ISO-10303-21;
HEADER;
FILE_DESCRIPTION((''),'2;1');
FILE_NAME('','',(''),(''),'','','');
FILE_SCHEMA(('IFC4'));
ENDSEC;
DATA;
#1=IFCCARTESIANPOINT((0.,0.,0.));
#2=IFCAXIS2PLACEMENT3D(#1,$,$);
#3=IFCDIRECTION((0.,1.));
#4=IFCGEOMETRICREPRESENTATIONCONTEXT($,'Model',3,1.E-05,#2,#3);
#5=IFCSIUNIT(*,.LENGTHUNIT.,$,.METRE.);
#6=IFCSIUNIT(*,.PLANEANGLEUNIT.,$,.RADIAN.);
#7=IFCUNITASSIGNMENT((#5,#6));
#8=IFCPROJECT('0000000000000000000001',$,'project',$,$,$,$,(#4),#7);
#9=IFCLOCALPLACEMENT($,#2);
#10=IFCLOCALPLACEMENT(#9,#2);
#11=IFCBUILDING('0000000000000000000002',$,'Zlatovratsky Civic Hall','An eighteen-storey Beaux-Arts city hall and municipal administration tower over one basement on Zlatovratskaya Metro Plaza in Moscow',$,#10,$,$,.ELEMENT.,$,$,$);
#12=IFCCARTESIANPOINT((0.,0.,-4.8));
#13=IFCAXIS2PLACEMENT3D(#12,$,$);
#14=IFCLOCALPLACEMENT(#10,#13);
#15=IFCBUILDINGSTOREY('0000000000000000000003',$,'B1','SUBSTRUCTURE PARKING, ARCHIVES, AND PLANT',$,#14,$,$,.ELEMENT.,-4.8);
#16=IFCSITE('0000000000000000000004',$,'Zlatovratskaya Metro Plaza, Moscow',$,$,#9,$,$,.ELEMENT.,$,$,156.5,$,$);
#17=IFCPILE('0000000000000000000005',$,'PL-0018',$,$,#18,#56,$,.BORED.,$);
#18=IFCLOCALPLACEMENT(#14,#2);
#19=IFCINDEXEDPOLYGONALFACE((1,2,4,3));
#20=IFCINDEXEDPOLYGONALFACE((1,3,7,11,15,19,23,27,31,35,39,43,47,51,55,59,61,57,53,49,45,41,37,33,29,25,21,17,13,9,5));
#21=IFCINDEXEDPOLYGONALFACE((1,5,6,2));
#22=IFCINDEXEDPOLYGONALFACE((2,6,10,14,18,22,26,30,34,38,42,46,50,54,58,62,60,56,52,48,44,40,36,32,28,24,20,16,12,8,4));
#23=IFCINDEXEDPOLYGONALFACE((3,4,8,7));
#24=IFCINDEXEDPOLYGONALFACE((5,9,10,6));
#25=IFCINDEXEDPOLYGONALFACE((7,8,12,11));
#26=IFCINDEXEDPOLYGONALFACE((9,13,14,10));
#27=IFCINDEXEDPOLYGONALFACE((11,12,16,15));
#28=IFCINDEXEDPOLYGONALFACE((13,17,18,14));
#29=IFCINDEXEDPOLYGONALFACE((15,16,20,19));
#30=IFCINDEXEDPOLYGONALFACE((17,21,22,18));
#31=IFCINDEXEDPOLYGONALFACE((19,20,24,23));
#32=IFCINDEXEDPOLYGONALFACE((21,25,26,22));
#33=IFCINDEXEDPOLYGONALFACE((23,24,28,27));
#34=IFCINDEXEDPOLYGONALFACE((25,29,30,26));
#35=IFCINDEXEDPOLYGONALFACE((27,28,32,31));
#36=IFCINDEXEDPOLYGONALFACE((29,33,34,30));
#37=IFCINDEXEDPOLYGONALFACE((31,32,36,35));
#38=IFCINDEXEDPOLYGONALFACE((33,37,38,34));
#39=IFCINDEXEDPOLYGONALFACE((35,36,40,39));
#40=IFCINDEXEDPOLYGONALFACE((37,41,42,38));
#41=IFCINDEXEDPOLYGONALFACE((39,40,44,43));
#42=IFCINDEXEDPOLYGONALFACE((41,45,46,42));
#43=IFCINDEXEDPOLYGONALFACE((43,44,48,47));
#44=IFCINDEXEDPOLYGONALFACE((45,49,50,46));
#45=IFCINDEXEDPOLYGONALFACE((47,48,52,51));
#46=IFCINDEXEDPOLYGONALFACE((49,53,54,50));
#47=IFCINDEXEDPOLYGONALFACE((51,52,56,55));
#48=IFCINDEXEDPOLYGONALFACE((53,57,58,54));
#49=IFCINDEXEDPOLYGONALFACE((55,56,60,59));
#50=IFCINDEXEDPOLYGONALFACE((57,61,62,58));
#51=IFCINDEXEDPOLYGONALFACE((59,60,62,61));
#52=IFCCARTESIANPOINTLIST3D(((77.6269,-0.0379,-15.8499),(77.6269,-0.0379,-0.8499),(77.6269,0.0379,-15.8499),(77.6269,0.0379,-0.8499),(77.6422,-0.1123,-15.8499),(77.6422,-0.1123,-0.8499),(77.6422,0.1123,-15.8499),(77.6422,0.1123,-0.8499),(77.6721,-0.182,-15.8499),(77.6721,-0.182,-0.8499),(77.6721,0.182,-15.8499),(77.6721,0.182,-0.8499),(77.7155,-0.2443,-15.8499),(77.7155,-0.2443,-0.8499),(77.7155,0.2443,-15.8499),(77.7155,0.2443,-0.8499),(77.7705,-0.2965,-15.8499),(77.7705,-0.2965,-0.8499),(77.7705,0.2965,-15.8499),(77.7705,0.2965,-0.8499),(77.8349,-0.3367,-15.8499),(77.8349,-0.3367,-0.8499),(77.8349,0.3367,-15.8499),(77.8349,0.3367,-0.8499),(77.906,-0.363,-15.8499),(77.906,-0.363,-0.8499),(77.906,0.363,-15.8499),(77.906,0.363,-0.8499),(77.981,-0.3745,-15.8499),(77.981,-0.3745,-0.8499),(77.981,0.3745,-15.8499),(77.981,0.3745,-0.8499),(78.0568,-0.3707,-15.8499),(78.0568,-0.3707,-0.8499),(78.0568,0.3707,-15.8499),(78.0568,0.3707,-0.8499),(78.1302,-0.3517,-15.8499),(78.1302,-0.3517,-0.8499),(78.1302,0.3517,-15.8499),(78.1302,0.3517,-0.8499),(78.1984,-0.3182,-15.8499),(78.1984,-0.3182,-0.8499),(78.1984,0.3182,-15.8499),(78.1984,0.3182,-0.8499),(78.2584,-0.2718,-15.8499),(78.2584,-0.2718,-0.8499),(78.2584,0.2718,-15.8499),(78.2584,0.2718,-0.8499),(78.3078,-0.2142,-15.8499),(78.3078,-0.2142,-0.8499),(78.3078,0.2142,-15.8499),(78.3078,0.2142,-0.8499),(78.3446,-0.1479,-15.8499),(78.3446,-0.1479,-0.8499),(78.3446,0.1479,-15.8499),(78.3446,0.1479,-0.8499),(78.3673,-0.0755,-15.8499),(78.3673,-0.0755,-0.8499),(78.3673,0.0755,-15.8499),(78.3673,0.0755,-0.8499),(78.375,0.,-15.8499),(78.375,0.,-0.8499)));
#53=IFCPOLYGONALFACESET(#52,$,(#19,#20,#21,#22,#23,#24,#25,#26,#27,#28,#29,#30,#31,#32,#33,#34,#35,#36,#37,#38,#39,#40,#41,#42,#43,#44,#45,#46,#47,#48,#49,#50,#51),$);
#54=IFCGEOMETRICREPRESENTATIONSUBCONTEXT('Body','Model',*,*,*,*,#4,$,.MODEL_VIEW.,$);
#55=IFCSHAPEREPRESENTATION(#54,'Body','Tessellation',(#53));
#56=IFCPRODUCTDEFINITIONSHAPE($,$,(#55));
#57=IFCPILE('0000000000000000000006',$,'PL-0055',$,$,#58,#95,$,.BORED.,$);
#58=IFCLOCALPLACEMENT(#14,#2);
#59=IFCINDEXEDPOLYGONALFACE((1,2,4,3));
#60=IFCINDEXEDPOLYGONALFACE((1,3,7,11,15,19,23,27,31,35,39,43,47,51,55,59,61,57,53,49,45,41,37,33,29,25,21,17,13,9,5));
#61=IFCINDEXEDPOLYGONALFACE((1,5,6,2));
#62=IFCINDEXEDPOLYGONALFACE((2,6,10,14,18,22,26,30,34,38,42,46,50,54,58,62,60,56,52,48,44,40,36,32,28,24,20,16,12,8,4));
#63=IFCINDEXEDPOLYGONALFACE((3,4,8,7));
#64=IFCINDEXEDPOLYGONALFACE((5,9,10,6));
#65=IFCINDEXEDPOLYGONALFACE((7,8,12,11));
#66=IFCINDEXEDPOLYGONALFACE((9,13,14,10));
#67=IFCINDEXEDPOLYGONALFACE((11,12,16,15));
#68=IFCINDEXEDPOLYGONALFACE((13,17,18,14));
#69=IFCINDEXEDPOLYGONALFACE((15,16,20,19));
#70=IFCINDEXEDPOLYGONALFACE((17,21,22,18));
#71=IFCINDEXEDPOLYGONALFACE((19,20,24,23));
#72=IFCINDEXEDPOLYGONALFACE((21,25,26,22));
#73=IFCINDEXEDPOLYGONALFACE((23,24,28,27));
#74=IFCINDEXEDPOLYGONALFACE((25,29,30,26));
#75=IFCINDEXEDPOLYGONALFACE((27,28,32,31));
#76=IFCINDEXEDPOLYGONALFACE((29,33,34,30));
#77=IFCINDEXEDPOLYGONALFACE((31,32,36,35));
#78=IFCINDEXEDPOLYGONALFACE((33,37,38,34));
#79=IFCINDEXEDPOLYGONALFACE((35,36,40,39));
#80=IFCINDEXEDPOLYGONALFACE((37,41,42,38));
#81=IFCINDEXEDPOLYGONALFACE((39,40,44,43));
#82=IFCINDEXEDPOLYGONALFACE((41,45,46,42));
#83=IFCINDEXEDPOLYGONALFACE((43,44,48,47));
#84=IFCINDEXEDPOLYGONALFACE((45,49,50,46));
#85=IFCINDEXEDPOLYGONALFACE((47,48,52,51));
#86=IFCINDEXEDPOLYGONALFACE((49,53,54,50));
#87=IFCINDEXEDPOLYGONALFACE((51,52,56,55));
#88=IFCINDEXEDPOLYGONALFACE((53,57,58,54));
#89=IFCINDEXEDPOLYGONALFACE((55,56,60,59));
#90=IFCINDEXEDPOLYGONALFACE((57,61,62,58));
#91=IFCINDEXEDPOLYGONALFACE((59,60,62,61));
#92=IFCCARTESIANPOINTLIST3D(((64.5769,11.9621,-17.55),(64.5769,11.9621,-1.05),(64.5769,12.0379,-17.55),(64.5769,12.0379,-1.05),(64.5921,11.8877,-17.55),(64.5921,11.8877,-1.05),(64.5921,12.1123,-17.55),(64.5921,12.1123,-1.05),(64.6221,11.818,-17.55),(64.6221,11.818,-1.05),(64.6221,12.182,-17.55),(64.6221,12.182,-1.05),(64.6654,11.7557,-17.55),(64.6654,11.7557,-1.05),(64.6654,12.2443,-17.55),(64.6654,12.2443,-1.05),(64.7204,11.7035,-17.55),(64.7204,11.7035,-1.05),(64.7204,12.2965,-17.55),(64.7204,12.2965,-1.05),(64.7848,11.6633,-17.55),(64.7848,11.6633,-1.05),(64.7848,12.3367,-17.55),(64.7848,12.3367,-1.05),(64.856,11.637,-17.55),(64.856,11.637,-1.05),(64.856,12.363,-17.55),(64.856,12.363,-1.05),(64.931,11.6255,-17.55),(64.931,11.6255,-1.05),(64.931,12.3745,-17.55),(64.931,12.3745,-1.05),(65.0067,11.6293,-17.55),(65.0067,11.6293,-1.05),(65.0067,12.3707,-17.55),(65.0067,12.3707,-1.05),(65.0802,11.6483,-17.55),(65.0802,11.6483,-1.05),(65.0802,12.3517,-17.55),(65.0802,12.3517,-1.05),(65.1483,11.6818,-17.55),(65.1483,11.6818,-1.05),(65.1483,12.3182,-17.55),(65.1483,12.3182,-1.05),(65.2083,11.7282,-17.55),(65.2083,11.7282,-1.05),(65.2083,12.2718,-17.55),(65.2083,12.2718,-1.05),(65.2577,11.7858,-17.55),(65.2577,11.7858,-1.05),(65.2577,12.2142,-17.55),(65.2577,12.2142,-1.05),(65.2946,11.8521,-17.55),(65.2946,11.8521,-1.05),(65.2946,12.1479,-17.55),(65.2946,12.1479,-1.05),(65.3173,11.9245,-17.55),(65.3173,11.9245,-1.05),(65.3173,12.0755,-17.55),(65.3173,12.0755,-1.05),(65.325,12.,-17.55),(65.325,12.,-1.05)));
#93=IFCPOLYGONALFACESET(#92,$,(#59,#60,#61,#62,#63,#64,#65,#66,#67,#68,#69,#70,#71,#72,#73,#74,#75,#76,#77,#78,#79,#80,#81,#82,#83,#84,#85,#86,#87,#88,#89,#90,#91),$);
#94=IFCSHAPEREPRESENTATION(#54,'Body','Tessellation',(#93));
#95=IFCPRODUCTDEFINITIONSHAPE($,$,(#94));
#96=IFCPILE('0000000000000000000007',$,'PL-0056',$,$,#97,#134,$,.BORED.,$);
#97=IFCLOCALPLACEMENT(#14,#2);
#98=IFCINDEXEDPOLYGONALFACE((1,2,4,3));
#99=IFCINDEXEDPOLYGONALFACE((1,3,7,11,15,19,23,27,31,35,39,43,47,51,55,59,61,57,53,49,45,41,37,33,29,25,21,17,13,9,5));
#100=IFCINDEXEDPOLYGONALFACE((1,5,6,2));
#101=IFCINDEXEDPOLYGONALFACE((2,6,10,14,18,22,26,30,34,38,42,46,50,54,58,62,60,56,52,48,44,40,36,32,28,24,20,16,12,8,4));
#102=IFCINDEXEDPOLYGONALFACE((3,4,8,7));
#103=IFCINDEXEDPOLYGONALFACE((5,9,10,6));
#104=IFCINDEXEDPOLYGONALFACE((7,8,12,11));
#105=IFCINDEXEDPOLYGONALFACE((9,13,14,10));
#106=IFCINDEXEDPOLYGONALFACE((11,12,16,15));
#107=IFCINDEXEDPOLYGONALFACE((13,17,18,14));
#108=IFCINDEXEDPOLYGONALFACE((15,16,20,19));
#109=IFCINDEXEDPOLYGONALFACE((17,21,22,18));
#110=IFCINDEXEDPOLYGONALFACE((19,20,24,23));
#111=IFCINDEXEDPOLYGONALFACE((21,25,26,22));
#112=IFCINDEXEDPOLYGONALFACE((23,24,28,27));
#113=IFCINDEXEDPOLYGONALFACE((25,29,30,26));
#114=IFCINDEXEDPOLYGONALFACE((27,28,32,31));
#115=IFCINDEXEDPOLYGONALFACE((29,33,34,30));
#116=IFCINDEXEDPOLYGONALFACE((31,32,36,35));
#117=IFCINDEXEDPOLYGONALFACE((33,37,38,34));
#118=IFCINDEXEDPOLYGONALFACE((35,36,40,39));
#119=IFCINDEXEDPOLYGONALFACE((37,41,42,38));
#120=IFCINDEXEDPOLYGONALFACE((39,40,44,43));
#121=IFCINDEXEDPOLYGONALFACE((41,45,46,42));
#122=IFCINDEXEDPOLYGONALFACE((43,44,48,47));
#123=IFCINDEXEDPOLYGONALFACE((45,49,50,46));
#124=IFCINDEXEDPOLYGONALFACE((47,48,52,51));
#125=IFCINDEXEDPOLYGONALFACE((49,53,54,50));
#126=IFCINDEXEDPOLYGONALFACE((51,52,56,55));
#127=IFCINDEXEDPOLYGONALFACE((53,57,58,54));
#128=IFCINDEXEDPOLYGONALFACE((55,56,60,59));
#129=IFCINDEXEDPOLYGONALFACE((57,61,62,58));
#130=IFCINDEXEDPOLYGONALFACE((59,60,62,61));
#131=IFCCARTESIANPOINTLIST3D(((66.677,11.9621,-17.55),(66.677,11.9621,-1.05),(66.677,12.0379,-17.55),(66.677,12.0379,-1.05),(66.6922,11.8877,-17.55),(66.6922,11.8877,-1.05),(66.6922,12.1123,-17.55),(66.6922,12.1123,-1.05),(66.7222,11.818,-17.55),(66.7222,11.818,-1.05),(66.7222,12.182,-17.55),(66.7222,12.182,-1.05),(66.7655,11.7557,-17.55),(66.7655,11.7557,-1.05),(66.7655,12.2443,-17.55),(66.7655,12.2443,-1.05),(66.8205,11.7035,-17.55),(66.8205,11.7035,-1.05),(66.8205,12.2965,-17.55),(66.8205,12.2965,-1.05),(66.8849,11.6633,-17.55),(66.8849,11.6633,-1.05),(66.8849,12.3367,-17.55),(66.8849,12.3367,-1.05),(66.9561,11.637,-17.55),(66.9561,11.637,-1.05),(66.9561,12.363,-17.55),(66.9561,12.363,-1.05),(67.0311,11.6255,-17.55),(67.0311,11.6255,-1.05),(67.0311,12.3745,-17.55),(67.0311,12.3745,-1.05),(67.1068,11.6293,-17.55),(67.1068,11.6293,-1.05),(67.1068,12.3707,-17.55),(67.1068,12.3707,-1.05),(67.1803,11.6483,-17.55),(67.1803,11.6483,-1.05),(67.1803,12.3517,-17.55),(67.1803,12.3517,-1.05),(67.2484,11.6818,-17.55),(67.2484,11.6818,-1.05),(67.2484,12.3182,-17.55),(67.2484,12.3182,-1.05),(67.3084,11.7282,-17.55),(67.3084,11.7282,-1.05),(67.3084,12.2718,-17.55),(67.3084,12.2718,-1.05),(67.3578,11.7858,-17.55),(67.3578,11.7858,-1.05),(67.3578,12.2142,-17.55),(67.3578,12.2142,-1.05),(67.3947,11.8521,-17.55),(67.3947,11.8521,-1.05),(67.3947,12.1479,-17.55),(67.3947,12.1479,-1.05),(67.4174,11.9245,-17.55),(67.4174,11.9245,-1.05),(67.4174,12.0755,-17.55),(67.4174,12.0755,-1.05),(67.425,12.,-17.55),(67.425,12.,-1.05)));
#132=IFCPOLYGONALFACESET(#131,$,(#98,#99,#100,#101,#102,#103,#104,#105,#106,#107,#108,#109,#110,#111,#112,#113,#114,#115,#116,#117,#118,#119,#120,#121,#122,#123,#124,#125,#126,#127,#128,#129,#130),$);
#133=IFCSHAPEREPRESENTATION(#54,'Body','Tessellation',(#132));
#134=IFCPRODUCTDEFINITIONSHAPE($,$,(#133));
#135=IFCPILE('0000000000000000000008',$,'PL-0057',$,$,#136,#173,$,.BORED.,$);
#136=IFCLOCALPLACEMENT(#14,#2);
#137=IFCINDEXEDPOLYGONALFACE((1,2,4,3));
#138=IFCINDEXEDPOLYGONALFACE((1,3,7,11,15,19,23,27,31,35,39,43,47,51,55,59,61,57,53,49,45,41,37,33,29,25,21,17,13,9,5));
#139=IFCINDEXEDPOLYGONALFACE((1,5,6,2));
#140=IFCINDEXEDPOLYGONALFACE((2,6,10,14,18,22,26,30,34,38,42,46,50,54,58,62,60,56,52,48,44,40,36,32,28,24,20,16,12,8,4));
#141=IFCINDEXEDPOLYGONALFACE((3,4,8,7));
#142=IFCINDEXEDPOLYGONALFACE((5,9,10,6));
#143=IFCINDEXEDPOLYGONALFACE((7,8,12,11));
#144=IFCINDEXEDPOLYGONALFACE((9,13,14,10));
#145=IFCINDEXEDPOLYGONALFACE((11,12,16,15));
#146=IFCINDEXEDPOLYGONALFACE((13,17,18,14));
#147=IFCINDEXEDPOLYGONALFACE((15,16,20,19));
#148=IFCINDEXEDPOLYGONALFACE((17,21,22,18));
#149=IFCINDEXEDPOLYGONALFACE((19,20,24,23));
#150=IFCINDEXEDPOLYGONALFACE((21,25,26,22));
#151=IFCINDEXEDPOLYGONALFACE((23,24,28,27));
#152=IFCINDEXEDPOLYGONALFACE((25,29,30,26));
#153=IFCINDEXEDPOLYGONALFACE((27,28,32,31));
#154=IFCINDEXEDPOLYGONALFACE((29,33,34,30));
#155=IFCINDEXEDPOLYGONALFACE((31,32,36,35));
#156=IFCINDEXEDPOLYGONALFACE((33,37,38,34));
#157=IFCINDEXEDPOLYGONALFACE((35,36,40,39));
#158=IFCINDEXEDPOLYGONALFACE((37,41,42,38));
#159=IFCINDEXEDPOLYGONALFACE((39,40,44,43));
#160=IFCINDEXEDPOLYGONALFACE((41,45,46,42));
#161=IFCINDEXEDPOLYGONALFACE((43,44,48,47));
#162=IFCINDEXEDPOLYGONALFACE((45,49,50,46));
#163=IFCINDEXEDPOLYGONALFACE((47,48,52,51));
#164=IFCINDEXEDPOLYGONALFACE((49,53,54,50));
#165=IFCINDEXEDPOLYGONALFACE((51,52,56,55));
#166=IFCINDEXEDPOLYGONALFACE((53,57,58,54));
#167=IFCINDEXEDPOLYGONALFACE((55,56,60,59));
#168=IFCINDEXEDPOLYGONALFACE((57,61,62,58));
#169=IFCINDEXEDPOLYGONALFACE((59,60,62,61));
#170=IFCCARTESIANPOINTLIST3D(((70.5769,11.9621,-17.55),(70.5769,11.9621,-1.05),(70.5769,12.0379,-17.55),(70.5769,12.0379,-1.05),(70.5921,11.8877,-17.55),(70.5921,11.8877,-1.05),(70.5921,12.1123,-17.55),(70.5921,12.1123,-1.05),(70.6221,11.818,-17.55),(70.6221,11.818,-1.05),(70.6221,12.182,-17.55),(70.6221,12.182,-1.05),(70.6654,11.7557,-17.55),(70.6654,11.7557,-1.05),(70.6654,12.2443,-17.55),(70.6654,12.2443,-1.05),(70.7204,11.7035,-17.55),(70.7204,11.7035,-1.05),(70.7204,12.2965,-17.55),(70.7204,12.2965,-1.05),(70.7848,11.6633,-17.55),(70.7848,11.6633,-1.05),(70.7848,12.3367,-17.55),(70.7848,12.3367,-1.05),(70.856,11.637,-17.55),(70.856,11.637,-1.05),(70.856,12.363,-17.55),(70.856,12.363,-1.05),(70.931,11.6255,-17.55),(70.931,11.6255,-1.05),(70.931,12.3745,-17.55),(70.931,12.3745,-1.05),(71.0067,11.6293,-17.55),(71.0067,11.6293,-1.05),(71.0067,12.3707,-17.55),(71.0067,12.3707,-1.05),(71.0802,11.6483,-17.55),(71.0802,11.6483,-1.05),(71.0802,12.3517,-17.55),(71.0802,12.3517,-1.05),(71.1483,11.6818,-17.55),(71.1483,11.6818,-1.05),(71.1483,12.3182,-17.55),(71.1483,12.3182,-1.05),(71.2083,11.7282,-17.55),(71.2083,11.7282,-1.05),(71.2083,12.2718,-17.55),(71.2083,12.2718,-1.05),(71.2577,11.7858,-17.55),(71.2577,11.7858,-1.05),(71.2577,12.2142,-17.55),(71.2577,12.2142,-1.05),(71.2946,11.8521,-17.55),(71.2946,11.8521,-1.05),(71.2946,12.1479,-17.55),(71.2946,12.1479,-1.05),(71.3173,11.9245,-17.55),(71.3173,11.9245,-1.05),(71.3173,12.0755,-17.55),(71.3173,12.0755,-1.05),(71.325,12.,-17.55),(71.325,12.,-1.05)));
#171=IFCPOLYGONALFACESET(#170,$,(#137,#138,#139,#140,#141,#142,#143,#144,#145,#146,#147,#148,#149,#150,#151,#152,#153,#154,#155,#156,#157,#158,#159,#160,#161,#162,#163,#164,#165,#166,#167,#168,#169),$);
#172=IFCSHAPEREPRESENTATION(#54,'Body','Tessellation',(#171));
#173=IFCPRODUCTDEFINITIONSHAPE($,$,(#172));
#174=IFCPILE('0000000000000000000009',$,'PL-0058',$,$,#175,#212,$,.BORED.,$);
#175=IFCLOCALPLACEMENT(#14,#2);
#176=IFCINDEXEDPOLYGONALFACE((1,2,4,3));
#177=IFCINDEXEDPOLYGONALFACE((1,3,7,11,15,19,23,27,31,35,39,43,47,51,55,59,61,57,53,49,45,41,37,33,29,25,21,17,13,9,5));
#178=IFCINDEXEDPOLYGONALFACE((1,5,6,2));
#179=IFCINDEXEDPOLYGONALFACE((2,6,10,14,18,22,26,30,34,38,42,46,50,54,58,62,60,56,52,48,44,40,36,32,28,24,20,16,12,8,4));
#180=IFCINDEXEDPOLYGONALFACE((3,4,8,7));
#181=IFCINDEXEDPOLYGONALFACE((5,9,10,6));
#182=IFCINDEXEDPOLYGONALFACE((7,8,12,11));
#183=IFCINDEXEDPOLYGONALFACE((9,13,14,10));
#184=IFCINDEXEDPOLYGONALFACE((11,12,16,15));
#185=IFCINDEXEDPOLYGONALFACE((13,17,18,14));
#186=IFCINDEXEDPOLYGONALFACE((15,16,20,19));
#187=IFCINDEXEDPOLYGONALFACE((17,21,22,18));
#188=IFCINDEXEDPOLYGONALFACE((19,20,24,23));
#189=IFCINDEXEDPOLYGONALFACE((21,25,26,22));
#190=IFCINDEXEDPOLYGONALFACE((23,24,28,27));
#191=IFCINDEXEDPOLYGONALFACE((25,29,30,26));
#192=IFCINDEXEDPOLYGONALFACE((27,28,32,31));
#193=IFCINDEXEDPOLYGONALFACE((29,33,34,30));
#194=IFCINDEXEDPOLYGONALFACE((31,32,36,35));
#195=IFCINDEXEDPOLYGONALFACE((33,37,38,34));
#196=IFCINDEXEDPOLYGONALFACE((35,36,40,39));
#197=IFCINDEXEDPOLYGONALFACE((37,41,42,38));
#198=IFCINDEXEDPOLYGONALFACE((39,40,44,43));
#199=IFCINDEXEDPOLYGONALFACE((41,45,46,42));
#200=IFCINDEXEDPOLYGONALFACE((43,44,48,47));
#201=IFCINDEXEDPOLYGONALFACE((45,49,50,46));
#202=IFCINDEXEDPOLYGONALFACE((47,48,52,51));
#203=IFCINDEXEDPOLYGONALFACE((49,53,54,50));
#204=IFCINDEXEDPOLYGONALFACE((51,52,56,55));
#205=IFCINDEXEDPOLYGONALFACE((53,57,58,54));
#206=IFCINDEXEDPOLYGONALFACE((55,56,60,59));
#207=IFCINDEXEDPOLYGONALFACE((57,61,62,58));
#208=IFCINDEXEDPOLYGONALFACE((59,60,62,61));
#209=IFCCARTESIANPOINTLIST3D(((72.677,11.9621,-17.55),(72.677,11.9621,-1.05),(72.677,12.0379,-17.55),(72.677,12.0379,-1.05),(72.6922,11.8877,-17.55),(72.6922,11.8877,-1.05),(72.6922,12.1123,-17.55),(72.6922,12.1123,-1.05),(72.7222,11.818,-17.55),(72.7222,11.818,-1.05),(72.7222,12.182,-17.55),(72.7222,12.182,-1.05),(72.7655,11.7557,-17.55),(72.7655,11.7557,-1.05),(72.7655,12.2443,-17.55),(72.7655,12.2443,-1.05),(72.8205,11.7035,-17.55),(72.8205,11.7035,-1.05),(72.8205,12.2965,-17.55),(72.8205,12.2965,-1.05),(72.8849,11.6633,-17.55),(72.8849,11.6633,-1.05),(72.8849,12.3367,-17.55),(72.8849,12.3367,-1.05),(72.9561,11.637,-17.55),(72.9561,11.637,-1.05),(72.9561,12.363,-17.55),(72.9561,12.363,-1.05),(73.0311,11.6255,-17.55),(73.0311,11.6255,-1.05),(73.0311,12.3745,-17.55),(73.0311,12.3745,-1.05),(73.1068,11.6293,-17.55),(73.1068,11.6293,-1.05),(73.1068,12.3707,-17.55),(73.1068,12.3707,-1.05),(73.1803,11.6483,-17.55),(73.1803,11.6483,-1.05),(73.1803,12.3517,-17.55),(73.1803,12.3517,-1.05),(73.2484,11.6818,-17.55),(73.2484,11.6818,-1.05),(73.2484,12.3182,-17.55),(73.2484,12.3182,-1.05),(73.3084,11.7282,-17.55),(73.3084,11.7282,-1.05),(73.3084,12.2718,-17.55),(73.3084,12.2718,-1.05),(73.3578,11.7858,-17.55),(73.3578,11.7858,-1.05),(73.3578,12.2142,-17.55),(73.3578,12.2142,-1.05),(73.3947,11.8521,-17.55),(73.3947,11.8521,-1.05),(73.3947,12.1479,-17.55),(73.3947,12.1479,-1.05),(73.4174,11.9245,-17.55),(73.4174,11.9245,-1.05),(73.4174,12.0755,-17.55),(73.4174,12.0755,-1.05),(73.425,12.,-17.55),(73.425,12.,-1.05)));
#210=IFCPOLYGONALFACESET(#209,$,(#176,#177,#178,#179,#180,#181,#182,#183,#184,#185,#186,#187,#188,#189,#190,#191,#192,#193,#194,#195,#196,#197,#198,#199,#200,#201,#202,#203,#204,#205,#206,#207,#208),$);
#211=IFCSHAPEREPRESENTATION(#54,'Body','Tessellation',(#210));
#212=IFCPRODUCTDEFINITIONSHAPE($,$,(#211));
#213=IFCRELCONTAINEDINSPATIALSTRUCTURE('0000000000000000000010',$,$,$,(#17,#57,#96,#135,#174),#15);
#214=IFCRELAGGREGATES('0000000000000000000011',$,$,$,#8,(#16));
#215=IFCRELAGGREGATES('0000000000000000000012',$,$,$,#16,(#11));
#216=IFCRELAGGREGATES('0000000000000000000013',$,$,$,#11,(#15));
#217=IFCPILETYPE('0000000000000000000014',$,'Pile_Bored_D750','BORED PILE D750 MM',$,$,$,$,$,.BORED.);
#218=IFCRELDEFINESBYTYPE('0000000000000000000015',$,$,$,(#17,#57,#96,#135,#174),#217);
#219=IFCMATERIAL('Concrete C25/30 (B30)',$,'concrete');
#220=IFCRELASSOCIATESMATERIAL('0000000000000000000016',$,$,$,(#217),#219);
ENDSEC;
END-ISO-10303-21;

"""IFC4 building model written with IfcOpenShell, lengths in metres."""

from ifc_helpers import new_model, si_unit, direction, frame, origin, origin_2d, place, context, subcontext, project, spatial, circle, extrude, material, material_profile, profile_set, type_object, element, save


model = new_model("IFC4")

# Units and contexts
model_context = context("Model", 3, precision=1e-05, world=origin(), true_north=direction((0.0, 1.0)))
body_context = subcontext(model_context, "Body", "Model", "MODEL_VIEW")
ifc_project = project(units=[si_unit("LENGTHUNIT", "METRE"), si_unit("PLANEANGLEUNIT", "RADIAN")], contexts=[model_context])

# Site, building, storey
site_placement = place(None, origin())
site = spatial("IfcSite", under=ifc_project, at=site_placement, Name="Zlatovratskaya Metro Plaza, Moscow", CompositionType="ELEMENT", RefElevation=156.5)
building_placement = place(site_placement, origin())
building = spatial("IfcBuilding", under=site, at=building_placement, Name="Zlatovratsky Civic Hall", Description="An eighteen-storey Beaux-Arts city hall and municipal administration tower over one basement on Zlatovratskaya Metro Plaza in Moscow", CompositionType="ELEMENT")
storey_placement = place(building_placement, frame((0.0, 0.0, -4.8)))
storey = spatial("IfcBuildingStorey", under=building, at=storey_placement, Name="B1", Description="SUBSTRUCTURE PARKING, ARCHIVES, AND PLANT", CompositionType="ELEMENT", Elevation=-4.8)

# Shared definitions
ifc_material_1 = material(Name="Concrete C25/30 (B30)", Category="concrete")

# Piles
ifc_material_profile_1 = material_profile(ifc_material_1, circle(Radius=0.375, at=origin_2d()), Name="PILE D750")
ifc_profile_set_1 = profile_set([ifc_material_profile_1], Name="Concrete C25/30 (B30)")
pile_type = type_object("IfcPileType", Name="Pile_Bored_D750", Description="BORED PILE D750 MM", PredefinedType="BORED", material=ifc_profile_set_1)
for number, where, z_axis, x_axis, name in (
    (1, (78.0, 0.0, -0.8499), (0.0, 0.0, -1.0), (1.0, 0.0, 0.0), "PL-0018"),
):
    element("IfcPile", number, at=place(storey_placement, frame(where, z_axis=z_axis, x_axis=x_axis)), inside=storey, type_object=pile_type, Name=name, PredefinedType="BORED", context=body_context, shape_type="SweptSolid", body=[
        extrude(circle(Radius=0.375, at=origin_2d()), origin(), (0.0, 0.0, 1.0), 15.0),
    ])
for number, where, z_axis, x_axis, name in (
    (2, (64.95, 12.0, -1.05), (0.0, 0.0, -1.0), (1.0, 0.0, 0.0), "PL-0055"),
    (3, (67.05, 12.0, -1.05), (0.0, 0.0, -1.0), (1.0, 0.0, 0.0), "PL-0056"),
    (4, (70.95, 12.0, -1.05), (0.0, 0.0, -1.0), (1.0, 0.0, 0.0), "PL-0057"),
    (5, (73.05, 12.0, -1.05), (0.0, 0.0, -1.0), (1.0, 0.0, 0.0), "PL-0058"),
):
    element("IfcPile", number, at=place(storey_placement, frame(where, z_axis=z_axis, x_axis=x_axis)), inside=storey, type_object=pile_type, Name=name, PredefinedType="BORED", context=body_context, shape_type="SweptSolid", body=[
        extrude(circle(Radius=0.375, at=origin_2d()), origin(), (0.0, 0.0, 1.0), 16.5),
    ])

save(model, "model.ifc")
